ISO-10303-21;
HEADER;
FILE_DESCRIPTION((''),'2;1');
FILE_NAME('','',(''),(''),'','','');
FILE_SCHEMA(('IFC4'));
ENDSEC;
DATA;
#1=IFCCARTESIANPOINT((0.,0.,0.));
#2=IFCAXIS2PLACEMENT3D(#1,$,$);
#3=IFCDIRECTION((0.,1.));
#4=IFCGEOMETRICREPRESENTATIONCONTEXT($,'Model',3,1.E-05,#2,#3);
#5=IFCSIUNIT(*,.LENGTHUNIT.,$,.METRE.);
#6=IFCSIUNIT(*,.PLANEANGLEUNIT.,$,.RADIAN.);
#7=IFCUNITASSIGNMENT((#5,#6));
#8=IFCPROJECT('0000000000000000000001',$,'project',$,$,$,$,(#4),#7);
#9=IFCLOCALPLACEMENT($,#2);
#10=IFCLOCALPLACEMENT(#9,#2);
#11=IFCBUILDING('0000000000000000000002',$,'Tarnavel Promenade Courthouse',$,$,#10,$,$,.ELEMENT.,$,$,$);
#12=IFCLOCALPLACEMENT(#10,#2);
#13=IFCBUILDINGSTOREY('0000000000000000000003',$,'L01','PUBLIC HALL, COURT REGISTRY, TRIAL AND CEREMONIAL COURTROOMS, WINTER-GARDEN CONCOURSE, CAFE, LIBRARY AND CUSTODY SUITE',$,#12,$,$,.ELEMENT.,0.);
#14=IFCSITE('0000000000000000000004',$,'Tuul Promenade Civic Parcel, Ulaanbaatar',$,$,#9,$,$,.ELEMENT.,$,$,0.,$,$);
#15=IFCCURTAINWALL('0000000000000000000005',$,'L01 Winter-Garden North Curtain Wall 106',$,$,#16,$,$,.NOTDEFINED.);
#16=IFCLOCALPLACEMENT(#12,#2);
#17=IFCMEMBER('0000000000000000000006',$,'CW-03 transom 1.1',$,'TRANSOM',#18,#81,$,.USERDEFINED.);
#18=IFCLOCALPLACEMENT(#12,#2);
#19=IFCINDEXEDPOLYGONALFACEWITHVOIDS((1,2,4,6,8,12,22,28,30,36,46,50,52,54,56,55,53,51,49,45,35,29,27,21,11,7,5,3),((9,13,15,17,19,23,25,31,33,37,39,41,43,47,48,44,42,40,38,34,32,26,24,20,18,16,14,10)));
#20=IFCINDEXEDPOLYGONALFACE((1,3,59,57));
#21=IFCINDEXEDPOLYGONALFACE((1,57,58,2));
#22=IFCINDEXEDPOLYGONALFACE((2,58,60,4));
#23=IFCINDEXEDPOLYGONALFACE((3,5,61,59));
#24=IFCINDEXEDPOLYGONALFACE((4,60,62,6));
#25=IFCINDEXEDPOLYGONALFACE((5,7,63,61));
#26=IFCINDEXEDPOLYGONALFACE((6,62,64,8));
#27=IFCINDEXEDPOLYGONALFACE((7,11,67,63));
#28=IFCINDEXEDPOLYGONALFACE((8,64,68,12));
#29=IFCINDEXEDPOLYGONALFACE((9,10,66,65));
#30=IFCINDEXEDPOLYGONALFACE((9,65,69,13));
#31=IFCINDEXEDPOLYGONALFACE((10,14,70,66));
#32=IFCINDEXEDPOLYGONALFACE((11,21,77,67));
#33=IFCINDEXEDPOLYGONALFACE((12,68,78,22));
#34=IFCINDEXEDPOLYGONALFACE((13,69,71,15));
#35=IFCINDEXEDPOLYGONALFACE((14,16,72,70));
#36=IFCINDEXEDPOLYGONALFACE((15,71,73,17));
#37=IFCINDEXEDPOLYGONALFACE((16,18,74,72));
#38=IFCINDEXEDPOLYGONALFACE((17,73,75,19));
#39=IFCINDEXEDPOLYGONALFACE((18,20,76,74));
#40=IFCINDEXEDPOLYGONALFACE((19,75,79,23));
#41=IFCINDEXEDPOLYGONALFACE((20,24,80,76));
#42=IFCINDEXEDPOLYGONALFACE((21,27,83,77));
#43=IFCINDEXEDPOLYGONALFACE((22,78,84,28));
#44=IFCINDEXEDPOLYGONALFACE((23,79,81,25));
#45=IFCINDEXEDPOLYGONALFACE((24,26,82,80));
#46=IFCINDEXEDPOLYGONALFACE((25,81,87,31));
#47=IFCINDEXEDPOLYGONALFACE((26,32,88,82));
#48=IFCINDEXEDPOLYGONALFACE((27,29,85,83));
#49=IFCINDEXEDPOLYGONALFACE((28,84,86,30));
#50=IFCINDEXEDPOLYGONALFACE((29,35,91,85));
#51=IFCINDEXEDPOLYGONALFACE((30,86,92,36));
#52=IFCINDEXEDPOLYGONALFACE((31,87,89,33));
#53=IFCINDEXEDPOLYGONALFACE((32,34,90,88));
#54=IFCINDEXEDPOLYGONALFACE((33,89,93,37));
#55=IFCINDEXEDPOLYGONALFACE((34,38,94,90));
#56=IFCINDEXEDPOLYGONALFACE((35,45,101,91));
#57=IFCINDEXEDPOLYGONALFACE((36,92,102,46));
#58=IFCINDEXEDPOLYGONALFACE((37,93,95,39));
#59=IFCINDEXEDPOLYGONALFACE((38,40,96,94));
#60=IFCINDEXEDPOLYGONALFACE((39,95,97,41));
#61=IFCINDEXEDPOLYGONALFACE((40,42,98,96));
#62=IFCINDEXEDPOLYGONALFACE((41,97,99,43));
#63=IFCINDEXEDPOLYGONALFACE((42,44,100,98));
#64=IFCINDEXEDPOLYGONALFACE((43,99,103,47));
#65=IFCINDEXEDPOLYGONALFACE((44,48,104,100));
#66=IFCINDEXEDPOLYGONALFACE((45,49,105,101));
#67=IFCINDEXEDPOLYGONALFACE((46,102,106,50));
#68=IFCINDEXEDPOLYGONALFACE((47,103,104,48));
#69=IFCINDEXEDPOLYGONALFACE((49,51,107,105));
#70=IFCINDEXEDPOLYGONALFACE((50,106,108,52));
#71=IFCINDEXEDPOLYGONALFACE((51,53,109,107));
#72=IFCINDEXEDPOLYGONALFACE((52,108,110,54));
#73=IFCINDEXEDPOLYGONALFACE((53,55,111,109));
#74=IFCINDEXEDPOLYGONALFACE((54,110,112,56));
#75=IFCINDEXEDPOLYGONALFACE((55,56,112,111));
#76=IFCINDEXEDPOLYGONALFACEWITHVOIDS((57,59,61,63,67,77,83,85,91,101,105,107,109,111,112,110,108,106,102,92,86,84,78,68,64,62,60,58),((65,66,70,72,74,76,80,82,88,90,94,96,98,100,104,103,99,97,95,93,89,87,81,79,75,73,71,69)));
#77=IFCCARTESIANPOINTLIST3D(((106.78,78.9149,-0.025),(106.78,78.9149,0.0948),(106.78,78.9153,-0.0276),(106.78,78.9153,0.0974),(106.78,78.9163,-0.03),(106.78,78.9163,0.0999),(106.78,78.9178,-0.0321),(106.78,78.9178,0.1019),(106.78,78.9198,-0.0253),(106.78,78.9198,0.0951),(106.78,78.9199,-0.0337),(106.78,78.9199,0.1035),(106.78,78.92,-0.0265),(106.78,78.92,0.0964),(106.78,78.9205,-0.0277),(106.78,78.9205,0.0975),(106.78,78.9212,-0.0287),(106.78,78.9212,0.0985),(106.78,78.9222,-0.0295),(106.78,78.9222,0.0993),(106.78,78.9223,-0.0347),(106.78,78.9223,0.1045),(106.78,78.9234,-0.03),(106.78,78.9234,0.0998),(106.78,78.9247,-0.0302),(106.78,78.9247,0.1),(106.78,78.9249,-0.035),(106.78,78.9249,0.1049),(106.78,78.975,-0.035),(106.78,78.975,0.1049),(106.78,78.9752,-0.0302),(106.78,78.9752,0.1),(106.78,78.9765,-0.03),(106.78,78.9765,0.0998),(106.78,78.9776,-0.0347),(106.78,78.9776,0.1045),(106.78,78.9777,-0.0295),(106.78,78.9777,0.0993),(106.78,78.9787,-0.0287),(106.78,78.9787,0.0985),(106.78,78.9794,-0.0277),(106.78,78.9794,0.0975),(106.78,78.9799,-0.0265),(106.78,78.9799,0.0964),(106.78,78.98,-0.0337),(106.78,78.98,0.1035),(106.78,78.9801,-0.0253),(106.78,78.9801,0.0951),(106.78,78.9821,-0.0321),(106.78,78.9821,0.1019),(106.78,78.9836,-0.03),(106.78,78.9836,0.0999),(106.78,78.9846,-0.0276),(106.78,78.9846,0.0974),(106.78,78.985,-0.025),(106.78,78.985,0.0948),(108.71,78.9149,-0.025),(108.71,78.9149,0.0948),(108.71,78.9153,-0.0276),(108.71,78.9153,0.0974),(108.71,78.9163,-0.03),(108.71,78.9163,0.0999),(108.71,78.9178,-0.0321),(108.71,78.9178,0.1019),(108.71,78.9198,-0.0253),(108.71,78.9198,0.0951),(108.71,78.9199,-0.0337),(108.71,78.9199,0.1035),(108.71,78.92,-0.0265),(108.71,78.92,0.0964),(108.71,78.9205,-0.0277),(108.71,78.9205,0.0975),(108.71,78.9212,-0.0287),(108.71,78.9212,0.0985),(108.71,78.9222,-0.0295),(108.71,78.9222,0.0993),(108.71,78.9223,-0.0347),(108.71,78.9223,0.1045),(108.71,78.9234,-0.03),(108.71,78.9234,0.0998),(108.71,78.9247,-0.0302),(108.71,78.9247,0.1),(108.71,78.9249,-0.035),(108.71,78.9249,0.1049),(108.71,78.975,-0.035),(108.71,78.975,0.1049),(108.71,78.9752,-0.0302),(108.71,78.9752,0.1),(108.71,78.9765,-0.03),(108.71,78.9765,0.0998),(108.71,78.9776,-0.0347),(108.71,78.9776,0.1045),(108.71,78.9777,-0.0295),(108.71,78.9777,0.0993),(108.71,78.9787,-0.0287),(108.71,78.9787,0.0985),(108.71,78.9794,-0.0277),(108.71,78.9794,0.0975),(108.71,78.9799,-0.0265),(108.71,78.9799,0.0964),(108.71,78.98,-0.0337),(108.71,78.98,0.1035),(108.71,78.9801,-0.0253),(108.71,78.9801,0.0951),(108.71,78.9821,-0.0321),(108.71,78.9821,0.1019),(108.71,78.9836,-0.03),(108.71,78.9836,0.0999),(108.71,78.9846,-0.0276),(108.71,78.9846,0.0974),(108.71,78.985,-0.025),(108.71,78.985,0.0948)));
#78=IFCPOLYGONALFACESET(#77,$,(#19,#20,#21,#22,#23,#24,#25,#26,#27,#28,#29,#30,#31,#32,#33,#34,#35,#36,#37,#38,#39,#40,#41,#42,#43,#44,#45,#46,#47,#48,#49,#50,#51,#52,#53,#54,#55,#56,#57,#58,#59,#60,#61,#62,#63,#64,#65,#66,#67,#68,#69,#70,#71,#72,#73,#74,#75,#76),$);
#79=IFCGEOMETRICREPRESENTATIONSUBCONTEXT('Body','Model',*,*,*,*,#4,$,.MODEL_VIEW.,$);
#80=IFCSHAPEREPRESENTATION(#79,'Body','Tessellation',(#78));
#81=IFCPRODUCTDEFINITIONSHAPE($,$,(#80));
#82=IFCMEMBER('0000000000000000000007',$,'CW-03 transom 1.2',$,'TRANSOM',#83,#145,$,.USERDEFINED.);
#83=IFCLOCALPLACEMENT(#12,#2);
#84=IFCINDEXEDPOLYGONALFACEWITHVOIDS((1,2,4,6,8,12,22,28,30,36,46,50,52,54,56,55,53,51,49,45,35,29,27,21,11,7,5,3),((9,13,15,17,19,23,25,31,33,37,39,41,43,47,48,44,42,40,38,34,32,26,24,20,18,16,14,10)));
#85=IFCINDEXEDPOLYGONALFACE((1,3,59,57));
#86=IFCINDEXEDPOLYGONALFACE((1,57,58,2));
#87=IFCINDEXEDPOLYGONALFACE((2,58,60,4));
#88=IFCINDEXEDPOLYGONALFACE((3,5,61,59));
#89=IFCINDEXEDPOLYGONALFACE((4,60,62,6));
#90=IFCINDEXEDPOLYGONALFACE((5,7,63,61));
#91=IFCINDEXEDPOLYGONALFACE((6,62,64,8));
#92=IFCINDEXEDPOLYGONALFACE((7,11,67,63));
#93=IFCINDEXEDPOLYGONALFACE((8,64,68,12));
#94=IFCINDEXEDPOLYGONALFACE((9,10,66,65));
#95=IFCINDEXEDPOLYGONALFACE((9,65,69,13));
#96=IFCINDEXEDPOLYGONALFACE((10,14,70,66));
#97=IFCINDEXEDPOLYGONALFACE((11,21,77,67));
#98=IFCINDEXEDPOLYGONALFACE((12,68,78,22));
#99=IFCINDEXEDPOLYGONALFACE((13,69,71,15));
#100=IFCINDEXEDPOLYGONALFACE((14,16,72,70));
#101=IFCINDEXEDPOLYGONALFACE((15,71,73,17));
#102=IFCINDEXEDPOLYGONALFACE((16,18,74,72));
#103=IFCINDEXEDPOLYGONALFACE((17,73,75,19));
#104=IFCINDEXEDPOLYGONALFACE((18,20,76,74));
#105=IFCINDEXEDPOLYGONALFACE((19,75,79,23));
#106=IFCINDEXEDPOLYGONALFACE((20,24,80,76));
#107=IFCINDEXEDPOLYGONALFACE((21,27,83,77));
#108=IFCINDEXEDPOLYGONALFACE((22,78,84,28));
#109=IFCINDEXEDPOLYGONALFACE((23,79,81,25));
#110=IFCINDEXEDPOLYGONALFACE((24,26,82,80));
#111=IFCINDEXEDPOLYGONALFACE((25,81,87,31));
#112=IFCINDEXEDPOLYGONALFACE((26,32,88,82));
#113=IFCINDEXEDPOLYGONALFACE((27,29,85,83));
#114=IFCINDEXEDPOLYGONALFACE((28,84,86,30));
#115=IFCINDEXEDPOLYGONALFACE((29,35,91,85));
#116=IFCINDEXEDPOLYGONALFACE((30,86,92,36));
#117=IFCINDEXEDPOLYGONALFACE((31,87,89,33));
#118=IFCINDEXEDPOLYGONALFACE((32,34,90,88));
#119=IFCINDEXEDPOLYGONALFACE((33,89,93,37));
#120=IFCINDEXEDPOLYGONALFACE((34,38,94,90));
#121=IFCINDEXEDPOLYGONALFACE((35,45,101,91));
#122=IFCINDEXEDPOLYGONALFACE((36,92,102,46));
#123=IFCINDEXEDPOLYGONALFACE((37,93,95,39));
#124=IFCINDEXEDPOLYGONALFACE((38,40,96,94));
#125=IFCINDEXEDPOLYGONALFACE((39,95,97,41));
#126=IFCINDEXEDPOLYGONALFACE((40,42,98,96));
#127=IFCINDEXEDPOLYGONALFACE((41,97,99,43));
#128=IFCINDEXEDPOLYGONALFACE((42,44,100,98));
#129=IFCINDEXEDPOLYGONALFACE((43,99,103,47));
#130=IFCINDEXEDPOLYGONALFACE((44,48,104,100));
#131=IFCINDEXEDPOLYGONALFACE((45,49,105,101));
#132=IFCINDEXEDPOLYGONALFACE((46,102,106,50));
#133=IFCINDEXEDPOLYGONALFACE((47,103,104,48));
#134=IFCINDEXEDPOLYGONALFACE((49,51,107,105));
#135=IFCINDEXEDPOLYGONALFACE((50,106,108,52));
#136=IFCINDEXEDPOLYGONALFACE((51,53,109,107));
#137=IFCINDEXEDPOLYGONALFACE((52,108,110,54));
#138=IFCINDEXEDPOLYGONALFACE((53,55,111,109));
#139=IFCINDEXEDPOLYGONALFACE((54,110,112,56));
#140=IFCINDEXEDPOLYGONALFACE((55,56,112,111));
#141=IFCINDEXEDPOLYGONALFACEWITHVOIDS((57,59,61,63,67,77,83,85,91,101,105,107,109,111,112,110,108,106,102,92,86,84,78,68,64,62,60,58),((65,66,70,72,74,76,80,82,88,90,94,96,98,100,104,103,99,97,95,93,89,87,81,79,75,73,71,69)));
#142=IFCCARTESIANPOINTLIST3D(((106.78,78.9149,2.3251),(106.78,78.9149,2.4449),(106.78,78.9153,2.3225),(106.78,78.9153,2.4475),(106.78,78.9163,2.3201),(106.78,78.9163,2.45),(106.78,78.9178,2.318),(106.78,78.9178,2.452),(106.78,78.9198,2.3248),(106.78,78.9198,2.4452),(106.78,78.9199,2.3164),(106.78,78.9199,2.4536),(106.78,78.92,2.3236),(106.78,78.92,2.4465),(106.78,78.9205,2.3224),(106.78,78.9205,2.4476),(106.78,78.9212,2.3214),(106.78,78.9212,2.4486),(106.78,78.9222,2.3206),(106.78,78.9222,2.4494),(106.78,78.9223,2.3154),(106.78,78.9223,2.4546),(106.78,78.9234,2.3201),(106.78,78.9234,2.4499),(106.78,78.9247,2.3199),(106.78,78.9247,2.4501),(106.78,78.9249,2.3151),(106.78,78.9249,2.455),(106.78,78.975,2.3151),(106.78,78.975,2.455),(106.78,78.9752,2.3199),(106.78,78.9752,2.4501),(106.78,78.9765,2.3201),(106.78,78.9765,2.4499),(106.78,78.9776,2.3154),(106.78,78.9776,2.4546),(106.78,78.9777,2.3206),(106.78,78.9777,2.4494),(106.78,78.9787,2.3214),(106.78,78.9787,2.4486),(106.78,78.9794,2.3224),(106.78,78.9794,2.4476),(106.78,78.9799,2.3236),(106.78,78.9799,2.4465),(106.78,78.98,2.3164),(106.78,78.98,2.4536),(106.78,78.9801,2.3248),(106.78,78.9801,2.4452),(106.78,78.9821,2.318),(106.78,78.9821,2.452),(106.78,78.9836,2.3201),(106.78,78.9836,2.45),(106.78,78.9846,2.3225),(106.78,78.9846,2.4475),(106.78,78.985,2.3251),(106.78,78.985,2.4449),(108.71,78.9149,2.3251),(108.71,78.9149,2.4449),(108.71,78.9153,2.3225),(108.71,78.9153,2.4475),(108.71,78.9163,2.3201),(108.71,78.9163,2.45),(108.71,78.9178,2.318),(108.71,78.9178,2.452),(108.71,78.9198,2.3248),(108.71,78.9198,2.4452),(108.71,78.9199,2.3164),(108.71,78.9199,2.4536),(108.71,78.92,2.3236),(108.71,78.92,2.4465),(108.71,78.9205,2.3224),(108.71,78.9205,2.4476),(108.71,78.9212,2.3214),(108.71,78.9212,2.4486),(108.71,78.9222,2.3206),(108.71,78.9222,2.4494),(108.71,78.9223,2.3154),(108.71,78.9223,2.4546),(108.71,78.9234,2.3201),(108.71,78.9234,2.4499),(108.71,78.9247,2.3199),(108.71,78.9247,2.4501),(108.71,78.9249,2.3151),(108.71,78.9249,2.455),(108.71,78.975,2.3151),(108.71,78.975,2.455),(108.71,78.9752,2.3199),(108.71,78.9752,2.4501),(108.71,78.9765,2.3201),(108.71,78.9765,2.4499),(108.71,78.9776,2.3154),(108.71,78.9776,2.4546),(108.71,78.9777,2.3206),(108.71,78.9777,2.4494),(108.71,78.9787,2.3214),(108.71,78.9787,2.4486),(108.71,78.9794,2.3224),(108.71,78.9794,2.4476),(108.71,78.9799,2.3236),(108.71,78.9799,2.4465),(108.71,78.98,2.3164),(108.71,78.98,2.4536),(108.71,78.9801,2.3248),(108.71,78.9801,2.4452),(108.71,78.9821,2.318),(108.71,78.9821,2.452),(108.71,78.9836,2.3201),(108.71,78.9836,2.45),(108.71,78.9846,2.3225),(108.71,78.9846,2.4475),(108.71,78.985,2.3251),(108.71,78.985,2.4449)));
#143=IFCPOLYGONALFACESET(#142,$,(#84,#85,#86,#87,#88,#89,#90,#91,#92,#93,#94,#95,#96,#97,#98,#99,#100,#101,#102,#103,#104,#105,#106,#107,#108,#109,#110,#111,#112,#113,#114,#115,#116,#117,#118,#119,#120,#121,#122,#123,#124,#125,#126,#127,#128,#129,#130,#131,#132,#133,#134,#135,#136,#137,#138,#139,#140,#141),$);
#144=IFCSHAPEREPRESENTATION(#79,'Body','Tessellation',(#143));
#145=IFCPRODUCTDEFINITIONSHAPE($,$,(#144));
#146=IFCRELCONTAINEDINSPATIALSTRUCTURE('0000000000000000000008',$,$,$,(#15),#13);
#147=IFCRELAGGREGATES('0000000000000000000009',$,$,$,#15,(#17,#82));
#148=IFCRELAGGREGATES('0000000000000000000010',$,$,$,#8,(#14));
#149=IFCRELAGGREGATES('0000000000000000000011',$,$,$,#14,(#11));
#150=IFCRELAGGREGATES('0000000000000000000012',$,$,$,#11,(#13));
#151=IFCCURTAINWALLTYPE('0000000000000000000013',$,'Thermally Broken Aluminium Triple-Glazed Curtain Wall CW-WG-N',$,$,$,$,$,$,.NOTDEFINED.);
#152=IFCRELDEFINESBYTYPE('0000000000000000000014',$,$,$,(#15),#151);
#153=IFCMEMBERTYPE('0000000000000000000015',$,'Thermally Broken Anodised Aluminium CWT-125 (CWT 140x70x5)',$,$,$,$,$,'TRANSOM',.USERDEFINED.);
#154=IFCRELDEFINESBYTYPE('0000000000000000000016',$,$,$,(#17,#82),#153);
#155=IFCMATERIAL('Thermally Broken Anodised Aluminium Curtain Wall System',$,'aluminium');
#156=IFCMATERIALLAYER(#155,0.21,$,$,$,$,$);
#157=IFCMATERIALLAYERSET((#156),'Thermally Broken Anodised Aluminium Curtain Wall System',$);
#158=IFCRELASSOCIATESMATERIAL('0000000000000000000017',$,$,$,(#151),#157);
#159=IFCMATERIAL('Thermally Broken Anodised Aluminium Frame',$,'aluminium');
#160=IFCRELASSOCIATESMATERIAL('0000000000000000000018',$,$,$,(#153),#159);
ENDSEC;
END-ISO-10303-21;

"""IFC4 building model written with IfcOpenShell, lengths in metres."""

from ifc_helpers import new_model, si_unit, direction, frame, origin, origin_2d, place, context, subcontext, project, spatial, hollow_rectangle, extrude, material, layer, layer_set, material_profile, profile_set, type_object, element, aggregate, save


model = new_model("IFC4")

# Units and contexts
model_context = context("Model", 3, precision=1e-05, world=origin(), true_north=direction((0.0, 1.0)))
body_context = subcontext(model_context, "Body", "Model", "MODEL_VIEW")
ifc_project = project(units=[si_unit("LENGTHUNIT", "METRE"), si_unit("PLANEANGLEUNIT", "RADIAN")], contexts=[model_context])

# Site, building, storey
site_placement = place(None, origin())
site = spatial("IfcSite", under=ifc_project, at=site_placement, Name="Tuul Promenade Civic Parcel, Ulaanbaatar", CompositionType="ELEMENT", RefElevation=0.0)
building_placement = place(site_placement, origin())
building = spatial("IfcBuilding", under=site, at=building_placement, Name="Tarnavel Promenade Courthouse", CompositionType="ELEMENT")
storey_placement = place(building_placement, origin())
storey = spatial("IfcBuildingStorey", under=building, at=storey_placement, Name="L01", Description="PUBLIC HALL, COURT REGISTRY, TRIAL AND CEREMONIAL COURTROOMS, WINTER-GARDEN CONCOURSE, CAFE, LIBRARY AND CUSTODY SUITE", CompositionType="ELEMENT", Elevation=0.0)

# Curtain wall
ifc_material_1 = material(Name="Thermally Broken Anodised Aluminium Curtain Wall System", Category="aluminium")
ifc_layer_1 = layer(ifc_material_1, 0.21)
ifc_layer_set_1 = layer_set([ifc_layer_1], Name="Thermally Broken Anodised Aluminium Curtain Wall System")
curtain_wall_type = type_object("IfcCurtainWallType", Name="Thermally Broken Aluminium Triple-Glazed Curtain Wall CW-WG-N", PredefinedType="NOTDEFINED", material=ifc_layer_set_1)
ifc_material_2 = material(Name="Thermally Broken Anodised Aluminium Frame", Category="aluminium")
curtain_wall_1_placement = place(storey_placement, origin())
curtain_wall_1 = element("IfcCurtainWall", 1, at=curtain_wall_1_placement, inside=storey, type_object=curtain_wall_type, Name="L01 Winter-Garden North Curtain Wall 106", PredefinedType="NOTDEFINED")

# Members
ifc_material_profile_1 = material_profile(ifc_material_2, hollow_rectangle(XDim=0.0701, YDim=0.1399, WallThickness=0.0049, InnerFilletRadius=0.0049, OuterFilletRadius=0.01, at=origin_2d()), Name="CWT 140x70x5")
ifc_profile_set_1 = profile_set([ifc_material_profile_1], Name="Thermally Broken Anodised Aluminium Frame")
member_type_1 = type_object("IfcMemberType", Name="Thermally Broken Anodised Aluminium CWT-125 (CWT 140x70x5)", ElementType="TRANSOM", PredefinedType="USERDEFINED", material=ifc_profile_set_1)
member_1_placement = place(storey_placement, frame((106.78, 78.95, 0.0349), z_axis=(1.0, 0.0, 0.0), x_axis=(0.0, 1.0, 0.0)))
member_1 = element("IfcMember", 2, at=member_1_placement, type_object=member_type_1, Name="CW-03 transom 1.1", ObjectType="TRANSOM", PredefinedType="USERDEFINED", context=body_context, shape_type="SweptSolid", body=[
    extrude(hollow_rectangle(XDim=0.0701, YDim=0.1399, WallThickness=0.0049, InnerFilletRadius=0.0049, OuterFilletRadius=0.01, at=origin_2d()), origin(), (0.0, 0.0, 1.0), 1.9299),
])
member_2_placement = place(storey_placement, frame((106.78, 78.95, 2.385), z_axis=(1.0, 0.0, 0.0), x_axis=(0.0, 1.0, 0.0)))
member_2 = element("IfcMember", 3, at=member_2_placement, type_object=member_type_1, Name="CW-03 transom 1.2", ObjectType="TRANSOM", PredefinedType="USERDEFINED", context=body_context, shape_type="SweptSolid", body=[
    extrude(hollow_rectangle(XDim=0.0701, YDim=0.1399, WallThickness=0.0049, InnerFilletRadius=0.0049, OuterFilletRadius=0.01, at=origin_2d()), origin(), (0.0, 0.0, 1.0), 1.9299),
])

aggregate(curtain_wall_1, [member_1, member_2])

save(model, "model.ifc")
